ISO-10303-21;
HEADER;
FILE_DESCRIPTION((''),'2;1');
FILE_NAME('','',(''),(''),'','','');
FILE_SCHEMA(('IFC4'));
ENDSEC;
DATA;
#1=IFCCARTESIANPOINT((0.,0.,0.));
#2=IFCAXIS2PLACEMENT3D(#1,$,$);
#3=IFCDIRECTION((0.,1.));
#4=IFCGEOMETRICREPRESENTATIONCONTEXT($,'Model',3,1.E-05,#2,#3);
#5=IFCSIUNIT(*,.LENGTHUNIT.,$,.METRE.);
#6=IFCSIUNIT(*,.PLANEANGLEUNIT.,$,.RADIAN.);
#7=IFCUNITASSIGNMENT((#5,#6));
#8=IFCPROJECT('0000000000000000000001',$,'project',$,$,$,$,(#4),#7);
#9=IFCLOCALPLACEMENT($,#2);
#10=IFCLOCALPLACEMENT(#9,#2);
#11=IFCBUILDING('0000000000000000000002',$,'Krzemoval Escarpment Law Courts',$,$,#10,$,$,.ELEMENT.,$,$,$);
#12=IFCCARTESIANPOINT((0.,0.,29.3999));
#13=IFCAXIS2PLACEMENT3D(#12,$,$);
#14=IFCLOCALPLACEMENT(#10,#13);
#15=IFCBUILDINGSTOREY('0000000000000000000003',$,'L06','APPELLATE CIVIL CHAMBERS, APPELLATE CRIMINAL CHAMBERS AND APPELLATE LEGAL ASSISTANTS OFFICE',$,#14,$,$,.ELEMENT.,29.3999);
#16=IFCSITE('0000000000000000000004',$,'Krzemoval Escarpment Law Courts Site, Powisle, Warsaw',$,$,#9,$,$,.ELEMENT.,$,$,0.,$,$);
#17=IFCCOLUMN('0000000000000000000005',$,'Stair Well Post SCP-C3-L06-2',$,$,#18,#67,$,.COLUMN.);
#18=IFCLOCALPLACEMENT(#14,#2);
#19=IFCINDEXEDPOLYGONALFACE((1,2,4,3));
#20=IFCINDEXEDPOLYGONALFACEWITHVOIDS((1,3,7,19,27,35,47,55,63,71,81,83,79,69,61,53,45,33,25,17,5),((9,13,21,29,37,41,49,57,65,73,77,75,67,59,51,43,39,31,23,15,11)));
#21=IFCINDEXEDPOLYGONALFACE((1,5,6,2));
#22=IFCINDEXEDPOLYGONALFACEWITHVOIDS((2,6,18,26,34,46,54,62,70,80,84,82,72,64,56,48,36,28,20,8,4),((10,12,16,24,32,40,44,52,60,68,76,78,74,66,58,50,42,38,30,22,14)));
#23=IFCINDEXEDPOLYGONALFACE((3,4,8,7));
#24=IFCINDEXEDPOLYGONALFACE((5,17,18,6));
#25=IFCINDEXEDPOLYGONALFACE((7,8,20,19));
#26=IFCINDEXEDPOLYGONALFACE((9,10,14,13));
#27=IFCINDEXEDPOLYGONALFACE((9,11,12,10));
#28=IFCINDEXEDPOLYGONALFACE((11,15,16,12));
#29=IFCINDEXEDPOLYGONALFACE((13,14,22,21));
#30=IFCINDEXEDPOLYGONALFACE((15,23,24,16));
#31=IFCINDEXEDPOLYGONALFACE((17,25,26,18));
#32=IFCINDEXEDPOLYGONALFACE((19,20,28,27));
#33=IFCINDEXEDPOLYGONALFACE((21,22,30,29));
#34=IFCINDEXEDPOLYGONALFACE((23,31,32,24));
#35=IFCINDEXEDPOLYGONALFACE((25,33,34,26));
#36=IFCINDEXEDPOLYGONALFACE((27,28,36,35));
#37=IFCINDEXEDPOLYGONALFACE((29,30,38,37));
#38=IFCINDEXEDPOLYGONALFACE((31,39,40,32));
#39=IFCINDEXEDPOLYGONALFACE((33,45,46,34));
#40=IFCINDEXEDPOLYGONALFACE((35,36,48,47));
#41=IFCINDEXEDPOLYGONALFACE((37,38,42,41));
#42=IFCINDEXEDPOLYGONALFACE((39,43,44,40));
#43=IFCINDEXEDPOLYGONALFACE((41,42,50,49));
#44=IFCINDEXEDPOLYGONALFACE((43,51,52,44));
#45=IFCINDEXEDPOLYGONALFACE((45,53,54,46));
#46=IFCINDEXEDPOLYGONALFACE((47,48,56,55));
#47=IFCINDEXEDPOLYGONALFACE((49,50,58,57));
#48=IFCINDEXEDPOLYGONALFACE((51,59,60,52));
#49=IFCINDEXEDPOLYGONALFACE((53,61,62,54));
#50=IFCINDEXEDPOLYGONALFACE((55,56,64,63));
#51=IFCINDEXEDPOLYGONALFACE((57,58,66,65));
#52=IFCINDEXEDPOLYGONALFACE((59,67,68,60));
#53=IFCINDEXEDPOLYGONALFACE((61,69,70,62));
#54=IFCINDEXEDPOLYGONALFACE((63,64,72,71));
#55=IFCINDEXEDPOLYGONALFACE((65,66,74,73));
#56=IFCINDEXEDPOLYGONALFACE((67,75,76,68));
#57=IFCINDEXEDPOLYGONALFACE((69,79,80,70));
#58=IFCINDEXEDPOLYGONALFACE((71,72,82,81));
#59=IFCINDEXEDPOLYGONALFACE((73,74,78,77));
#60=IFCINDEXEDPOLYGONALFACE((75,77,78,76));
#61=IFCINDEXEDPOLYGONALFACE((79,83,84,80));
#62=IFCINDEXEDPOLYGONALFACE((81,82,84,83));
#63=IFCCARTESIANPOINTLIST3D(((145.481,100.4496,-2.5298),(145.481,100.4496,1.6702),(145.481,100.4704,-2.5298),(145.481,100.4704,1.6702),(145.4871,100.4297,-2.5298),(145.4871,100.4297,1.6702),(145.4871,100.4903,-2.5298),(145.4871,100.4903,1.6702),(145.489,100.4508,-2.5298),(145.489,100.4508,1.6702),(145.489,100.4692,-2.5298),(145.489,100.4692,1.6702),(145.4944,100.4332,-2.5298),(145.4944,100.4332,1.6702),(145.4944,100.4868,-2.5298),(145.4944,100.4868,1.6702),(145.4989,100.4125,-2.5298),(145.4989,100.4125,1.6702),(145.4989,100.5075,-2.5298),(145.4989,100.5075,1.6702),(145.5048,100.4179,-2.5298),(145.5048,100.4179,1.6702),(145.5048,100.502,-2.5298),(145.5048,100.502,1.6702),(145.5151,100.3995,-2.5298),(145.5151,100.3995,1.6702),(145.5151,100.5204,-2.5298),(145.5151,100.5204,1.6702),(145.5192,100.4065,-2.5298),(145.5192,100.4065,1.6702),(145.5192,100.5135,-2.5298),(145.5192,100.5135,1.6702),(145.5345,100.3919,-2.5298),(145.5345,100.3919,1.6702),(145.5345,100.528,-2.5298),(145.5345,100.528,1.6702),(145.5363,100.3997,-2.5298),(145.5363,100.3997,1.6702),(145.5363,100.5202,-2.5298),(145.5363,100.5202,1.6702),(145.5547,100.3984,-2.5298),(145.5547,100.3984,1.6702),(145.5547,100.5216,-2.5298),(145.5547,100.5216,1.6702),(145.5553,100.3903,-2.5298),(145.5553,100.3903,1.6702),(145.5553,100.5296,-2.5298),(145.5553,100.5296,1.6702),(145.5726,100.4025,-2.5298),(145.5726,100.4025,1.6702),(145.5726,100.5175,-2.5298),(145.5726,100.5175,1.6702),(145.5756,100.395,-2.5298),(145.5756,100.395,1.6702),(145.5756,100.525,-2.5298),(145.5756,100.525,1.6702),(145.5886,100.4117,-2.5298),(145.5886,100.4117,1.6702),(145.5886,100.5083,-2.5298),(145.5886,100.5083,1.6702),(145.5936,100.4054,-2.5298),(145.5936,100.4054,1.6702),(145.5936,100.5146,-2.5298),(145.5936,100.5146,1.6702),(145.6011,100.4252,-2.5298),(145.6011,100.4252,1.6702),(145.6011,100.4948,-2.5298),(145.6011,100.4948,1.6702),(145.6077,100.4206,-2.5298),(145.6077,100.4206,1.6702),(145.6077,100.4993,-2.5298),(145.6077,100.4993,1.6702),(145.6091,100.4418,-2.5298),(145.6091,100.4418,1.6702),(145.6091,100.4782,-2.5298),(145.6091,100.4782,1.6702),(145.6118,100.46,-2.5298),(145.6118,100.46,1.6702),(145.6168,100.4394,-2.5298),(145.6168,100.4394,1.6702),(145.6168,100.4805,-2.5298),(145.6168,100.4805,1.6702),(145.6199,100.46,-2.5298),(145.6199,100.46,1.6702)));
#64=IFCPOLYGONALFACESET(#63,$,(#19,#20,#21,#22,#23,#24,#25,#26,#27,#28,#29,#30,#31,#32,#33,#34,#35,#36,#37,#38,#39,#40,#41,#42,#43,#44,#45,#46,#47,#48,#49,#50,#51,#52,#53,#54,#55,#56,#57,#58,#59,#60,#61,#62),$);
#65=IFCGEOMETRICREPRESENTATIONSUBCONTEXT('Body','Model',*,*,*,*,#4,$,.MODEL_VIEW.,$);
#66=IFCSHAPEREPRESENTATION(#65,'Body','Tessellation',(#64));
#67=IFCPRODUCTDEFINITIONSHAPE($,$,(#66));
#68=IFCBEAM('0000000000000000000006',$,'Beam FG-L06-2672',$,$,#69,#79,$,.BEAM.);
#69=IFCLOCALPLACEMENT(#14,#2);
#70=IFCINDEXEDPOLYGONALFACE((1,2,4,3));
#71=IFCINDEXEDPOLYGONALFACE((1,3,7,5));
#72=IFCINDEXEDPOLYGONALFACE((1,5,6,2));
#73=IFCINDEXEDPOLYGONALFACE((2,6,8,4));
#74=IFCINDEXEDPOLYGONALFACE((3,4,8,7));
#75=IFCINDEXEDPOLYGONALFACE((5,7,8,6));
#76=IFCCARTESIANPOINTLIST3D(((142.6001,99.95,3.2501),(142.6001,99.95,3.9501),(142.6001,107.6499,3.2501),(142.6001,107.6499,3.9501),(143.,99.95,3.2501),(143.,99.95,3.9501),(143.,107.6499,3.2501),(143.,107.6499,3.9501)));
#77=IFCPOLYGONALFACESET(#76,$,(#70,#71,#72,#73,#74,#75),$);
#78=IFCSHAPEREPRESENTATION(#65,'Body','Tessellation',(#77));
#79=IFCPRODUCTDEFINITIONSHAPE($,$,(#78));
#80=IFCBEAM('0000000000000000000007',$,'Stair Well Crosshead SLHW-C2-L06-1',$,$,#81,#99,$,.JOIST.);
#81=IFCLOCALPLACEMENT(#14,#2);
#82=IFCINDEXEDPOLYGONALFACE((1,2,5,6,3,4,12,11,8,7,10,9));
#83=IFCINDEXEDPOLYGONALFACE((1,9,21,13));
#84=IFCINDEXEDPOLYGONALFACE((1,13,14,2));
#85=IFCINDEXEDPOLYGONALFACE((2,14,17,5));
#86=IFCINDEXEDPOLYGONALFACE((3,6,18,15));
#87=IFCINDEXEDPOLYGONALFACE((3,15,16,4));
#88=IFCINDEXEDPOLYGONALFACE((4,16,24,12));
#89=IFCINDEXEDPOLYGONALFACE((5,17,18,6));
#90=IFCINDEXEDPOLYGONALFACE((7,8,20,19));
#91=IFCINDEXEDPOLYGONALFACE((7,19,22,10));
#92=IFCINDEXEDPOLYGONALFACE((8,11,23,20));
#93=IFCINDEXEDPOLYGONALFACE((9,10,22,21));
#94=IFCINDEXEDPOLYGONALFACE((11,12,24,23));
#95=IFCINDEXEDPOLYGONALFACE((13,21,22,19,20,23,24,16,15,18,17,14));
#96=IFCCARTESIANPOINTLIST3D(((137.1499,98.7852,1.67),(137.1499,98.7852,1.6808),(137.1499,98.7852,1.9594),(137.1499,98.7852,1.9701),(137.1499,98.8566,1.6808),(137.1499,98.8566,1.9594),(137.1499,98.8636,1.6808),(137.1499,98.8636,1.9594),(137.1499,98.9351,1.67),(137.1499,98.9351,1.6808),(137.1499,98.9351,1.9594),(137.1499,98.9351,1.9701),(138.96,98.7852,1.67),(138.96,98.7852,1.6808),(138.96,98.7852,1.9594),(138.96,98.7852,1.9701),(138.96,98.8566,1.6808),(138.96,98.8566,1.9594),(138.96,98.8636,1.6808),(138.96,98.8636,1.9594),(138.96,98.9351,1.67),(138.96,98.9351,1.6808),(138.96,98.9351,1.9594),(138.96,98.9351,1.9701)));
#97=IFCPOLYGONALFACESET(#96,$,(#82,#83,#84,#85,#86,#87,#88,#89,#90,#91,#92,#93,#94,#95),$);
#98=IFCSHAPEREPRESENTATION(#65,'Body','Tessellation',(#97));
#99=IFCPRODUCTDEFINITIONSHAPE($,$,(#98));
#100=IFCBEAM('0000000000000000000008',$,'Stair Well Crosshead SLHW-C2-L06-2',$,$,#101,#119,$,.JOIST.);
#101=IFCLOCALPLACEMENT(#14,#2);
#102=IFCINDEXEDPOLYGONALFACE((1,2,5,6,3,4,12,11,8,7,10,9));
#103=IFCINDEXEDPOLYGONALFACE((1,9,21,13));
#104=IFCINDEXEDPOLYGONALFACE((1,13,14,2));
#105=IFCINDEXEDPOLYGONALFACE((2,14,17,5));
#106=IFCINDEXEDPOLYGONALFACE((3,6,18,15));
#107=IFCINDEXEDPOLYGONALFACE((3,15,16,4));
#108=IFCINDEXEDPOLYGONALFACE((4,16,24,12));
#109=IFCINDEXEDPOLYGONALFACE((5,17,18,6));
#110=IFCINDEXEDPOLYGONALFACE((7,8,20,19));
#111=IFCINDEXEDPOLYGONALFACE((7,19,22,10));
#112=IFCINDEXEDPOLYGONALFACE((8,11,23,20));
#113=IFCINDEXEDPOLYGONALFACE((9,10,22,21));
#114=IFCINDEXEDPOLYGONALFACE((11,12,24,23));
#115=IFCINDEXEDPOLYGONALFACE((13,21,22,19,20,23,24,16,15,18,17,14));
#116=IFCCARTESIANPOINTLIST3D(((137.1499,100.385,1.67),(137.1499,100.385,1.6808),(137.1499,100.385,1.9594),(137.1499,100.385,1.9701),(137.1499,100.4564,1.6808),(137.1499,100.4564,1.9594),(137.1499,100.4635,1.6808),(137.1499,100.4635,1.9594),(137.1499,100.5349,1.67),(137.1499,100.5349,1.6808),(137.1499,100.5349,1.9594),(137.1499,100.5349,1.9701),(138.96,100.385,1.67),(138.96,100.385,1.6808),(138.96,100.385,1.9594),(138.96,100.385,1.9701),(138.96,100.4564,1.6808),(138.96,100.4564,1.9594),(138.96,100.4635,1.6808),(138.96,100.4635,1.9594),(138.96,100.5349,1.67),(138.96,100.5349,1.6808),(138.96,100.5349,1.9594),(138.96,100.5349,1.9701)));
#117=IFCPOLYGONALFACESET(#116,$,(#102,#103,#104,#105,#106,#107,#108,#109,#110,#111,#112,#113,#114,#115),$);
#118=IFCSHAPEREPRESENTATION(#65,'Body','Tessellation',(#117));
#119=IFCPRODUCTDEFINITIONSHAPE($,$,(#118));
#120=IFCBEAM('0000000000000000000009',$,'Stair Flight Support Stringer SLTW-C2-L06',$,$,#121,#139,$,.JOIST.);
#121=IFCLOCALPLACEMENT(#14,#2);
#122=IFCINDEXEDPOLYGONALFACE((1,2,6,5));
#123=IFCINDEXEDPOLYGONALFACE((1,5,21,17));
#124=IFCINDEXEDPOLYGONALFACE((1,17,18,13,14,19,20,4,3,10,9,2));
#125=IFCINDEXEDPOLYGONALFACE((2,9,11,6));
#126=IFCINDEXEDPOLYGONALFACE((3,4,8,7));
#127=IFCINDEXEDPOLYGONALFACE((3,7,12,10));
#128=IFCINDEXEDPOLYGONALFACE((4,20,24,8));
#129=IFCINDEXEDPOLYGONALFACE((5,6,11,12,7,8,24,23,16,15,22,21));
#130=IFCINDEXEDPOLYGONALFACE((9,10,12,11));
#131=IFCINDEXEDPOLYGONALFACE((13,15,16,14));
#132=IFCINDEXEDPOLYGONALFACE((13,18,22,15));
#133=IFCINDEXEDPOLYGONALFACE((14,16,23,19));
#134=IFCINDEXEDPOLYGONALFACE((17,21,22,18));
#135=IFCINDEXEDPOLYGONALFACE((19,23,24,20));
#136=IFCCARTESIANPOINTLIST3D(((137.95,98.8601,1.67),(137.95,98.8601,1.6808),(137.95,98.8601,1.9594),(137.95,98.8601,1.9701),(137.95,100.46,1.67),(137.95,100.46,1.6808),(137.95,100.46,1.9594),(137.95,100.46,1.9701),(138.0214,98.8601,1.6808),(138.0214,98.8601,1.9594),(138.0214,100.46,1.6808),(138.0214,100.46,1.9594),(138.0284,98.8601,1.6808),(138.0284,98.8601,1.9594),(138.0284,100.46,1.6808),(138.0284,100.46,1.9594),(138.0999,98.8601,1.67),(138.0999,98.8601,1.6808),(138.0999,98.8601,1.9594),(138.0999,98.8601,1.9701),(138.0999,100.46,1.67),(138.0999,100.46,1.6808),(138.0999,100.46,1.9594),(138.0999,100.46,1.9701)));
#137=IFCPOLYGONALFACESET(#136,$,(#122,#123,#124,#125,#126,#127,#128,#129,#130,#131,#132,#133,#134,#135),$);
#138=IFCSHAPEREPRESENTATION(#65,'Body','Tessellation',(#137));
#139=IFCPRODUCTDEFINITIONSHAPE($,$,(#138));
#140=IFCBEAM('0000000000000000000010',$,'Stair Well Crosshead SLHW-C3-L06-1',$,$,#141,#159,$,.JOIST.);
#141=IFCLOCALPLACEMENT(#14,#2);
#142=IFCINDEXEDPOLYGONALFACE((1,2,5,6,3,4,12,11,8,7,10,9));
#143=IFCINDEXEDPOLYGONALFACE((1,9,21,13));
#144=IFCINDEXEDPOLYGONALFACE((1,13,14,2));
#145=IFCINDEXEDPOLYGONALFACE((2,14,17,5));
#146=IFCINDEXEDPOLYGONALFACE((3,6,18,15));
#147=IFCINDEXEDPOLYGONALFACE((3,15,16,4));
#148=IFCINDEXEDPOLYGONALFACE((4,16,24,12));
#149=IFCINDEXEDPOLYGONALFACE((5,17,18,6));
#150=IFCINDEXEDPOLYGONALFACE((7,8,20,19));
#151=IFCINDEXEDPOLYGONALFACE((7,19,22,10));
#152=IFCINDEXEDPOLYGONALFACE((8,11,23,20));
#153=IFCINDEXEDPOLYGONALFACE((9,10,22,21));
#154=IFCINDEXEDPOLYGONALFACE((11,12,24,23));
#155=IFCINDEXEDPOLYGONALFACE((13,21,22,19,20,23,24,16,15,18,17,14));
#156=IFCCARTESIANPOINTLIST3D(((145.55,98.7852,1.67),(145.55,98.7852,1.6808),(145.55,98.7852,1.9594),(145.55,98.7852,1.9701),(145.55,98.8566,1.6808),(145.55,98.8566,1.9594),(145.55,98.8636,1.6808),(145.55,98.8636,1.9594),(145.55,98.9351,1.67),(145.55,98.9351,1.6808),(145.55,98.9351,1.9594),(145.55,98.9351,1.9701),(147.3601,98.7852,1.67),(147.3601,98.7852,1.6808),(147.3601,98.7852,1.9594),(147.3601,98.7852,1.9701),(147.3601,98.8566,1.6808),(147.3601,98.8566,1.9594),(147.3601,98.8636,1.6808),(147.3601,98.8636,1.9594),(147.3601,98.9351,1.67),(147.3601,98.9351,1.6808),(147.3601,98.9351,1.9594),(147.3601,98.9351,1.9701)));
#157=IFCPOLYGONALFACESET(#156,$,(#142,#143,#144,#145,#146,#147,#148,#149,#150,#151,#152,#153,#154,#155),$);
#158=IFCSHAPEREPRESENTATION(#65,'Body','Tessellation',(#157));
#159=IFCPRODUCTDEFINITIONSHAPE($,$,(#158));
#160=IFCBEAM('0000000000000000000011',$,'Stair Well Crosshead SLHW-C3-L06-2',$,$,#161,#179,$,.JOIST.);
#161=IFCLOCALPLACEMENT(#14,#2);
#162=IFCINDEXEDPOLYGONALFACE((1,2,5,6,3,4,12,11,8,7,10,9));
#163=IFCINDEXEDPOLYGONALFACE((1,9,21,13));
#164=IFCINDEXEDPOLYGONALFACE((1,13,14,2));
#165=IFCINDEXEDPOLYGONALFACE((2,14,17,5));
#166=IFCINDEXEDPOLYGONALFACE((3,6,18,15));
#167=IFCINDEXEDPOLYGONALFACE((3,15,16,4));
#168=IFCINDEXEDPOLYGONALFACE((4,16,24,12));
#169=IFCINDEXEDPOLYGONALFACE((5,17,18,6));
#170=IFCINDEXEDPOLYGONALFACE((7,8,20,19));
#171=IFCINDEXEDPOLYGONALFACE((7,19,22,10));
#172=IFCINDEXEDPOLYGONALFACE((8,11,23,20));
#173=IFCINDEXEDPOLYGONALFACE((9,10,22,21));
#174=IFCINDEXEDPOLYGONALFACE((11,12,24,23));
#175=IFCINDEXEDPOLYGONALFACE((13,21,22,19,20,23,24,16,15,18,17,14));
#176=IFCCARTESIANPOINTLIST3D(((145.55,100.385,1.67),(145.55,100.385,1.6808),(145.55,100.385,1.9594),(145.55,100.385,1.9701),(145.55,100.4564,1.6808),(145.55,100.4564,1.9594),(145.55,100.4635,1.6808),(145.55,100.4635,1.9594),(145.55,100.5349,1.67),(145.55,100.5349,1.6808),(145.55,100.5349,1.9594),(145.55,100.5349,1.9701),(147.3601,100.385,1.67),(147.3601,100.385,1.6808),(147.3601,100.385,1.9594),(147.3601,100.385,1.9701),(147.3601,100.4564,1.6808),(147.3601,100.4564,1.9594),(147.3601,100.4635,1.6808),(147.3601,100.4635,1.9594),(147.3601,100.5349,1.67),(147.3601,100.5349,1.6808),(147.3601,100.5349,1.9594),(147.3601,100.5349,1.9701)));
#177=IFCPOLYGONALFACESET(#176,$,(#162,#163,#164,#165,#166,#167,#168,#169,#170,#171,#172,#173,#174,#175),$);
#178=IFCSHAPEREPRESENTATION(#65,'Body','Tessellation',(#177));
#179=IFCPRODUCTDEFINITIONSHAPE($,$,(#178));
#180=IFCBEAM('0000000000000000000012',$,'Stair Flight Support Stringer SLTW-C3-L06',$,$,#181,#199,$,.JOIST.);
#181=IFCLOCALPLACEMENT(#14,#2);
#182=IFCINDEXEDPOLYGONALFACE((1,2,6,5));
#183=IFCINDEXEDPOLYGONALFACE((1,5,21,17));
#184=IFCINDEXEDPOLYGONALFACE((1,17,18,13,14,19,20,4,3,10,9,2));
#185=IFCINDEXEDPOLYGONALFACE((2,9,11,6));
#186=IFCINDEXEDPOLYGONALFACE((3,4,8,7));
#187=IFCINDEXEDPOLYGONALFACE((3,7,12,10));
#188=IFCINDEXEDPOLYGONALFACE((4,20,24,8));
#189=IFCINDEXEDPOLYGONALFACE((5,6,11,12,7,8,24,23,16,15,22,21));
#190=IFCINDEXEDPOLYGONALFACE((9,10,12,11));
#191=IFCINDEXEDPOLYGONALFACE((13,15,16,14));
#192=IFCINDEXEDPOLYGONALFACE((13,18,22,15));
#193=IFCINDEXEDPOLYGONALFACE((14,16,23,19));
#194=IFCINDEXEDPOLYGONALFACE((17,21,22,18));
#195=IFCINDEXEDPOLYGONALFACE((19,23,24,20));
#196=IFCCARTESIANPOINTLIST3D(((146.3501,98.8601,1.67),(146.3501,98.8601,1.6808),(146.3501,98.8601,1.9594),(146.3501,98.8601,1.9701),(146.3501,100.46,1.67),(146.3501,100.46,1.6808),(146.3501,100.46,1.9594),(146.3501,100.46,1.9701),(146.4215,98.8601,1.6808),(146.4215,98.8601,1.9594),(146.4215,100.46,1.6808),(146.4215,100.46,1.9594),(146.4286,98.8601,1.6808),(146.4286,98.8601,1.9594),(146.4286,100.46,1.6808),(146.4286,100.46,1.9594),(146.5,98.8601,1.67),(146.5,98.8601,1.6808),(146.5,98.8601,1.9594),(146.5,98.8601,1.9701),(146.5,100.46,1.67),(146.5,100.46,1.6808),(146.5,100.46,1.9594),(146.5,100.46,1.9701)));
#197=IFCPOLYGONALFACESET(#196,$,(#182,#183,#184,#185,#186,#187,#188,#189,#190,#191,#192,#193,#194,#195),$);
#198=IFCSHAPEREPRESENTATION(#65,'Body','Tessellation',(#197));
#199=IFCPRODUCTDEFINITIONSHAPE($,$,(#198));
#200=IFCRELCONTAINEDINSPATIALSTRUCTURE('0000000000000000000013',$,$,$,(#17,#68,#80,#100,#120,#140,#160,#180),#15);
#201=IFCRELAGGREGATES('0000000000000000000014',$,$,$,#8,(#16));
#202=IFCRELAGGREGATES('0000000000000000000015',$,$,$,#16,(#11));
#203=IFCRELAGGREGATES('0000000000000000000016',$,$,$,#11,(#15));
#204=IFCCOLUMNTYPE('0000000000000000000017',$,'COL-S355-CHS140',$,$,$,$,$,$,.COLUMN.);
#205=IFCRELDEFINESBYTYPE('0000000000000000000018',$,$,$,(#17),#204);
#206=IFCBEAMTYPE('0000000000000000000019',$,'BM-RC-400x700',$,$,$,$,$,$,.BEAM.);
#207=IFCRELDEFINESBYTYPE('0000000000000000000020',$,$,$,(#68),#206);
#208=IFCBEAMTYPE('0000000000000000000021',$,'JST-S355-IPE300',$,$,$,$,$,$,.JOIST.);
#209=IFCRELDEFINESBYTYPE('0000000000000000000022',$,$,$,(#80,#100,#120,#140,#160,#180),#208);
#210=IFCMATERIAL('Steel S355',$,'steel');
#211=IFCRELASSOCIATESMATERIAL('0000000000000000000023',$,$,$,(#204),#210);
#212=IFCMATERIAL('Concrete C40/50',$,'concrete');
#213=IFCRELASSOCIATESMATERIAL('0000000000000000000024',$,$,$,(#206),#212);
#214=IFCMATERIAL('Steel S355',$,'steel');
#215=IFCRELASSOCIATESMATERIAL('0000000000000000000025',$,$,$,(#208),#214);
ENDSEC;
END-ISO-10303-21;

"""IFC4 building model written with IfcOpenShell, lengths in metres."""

from ifc_helpers import new_model, si_unit, direction, frame, origin, origin_2d, place, context, subcontext, project, spatial, rectangle, hollow_circle, i_section, extrude, material, material_profile, profile_set, type_object, element, save


model = new_model("IFC4")

# Units and contexts
model_context = context("Model", 3, precision=1e-05, world=origin(), true_north=direction((0.0, 1.0)))
body_context = subcontext(model_context, "Body", "Model", "MODEL_VIEW")
ifc_project = project(units=[si_unit("LENGTHUNIT", "METRE"), si_unit("PLANEANGLEUNIT", "RADIAN")], contexts=[model_context])

# Site, building, storey
site_placement = place(None, origin())
site = spatial("IfcSite", under=ifc_project, at=site_placement, Name="Krzemoval Escarpment Law Courts Site, Powisle, Warsaw", CompositionType="ELEMENT", RefElevation=0.0)
building_placement = place(site_placement, origin())
building = spatial("IfcBuilding", under=site, at=building_placement, Name="Krzemoval Escarpment Law Courts", CompositionType="ELEMENT")
storey_placement = place(building_placement, frame((0.0, 0.0, 29.3999)))
storey = spatial("IfcBuildingStorey", under=building, at=storey_placement, Name="L06", Description="APPELLATE CIVIL CHAMBERS, APPELLATE CRIMINAL CHAMBERS AND APPELLATE LEGAL ASSISTANTS OFFICE", CompositionType="ELEMENT", Elevation=29.3999)

# Column
ifc_material_1 = material(Name="Steel S355", Category="steel")
ifc_material_profile_1 = material_profile(ifc_material_1, hollow_circle(Radius=0.0698, WallThickness=0.0081, at=origin_2d()), Name="CHS 139.7x8")
ifc_profile_set_1 = profile_set([ifc_material_profile_1], Name="Steel S355")
column_type_1 = type_object("IfcColumnType", Name="COL-S355-CHS140", PredefinedType="COLUMN", material=ifc_profile_set_1)
for number, where, z_axis, x_axis, name in (
    (1, (145.55, 100.46, -2.5298), (0.0, 0.0, 1.0), (1.0, 0.0, 0.0), "Stair Well Post SCP-C3-L06-2"),
):
    element("IfcColumn", number, at=place(storey_placement, frame(where, z_axis=z_axis, x_axis=x_axis)), inside=storey, type_object=column_type_1, Name=name, PredefinedType="COLUMN", context=body_context, shape_type="SweptSolid", body=[
        extrude(hollow_circle(Radius=0.0698, WallThickness=0.0081, at=origin_2d()), origin(), (0.0, 0.0, 1.0), 4.2),
    ])

# Beams
ifc_material_2 = material(Name="Concrete C40/50", Category="concrete")
ifc_material_profile_2 = material_profile(ifc_material_2, rectangle(XDim=0.3999, YDim=0.7, at=origin_2d()), Name="RCB 400x700")
ifc_profile_set_2 = profile_set([ifc_material_profile_2], Name="Concrete C40/50")
beam_type_1 = type_object("IfcBeamType", Name="BM-RC-400x700", PredefinedType="BEAM", material=ifc_profile_set_2)
beam_1_placement = place(storey_placement, frame((142.8, 99.95, 3.6001), z_axis=(0.0, 1.0, 0.0), x_axis=(-1.0, 0.0, 0.0)))
element("IfcBeam", 2, at=beam_1_placement, inside=storey, type_object=beam_type_1, Name="Beam FG-L06-2672", PredefinedType="BEAM", context=body_context, shape_type="SweptSolid", body=[
    extrude(rectangle(XDim=0.3999, YDim=0.7, at=origin_2d()), origin(), (0.0, 0.0, 1.0), 7.7),
])
ifc_material_3 = material(Name="Steel S355", Category="steel")
ifc_material_profile_3 = material_profile(ifc_material_3, i_section(OverallWidth=0.1499, OverallDepth=0.3, WebThickness=0.0071, FlangeThickness=0.0107, at=origin_2d()), Name="IPE 300")
ifc_profile_set_3 = profile_set([ifc_material_profile_3], Name="Steel S355")
beam_type_2 = type_object("IfcBeamType", Name="JST-S355-IPE300", PredefinedType="JOIST", material=ifc_profile_set_3)
for number, where, z_axis, x_axis, name in (
    (3, (137.1499, 98.8601, 1.8201), (1.0, 0.0, 0.0), (0.0, 1.0, 0.0), "Stair Well Crosshead SLHW-C2-L06-1"),
    (4, (137.1499, 100.46, 1.8201), (1.0, 0.0, 0.0), (0.0, 1.0, 0.0), "Stair Well Crosshead SLHW-C2-L06-2"),
):
    element("IfcBeam", number, at=place(storey_placement, frame(where, z_axis=z_axis, x_axis=x_axis)), inside=storey, type_object=beam_type_2, Name=name, PredefinedType="JOIST", context=body_context, shape_type="SweptSolid", body=[
        extrude(i_section(OverallWidth=0.1499, OverallDepth=0.3, WebThickness=0.0071, FlangeThickness=0.0107, at=origin_2d()), origin(), (0.0, 0.0, 1.0), 1.8101),
    ])
beam_2_placement = place(storey_placement, frame((138.0249, 98.8601, 1.8201), z_axis=(0.0, 1.0, 0.0), x_axis=(-1.0, 0.0, 0.0)))
element("IfcBeam", 5, at=beam_2_placement, inside=storey, type_object=beam_type_2, Name="Stair Flight Support Stringer SLTW-C2-L06", PredefinedType="JOIST", context=body_context, shape_type="SweptSolid", body=[
    extrude(i_section(OverallWidth=0.1499, OverallDepth=0.3, WebThickness=0.0071, FlangeThickness=0.0107, at=origin_2d()), origin(), (0.0, 0.0, 1.0), 1.5999),
])
for number, where, z_axis, x_axis, name in (
    (6, (145.55, 98.8601, 1.8201), (1.0, 0.0, 0.0), (0.0, 1.0, 0.0), "Stair Well Crosshead SLHW-C3-L06-1"),
    (7, (145.55, 100.46, 1.8201), (1.0, 0.0, 0.0), (0.0, 1.0, 0.0), "Stair Well Crosshead SLHW-C3-L06-2"),
):
    element("IfcBeam", number, at=place(storey_placement, frame(where, z_axis=z_axis, x_axis=x_axis)), inside=storey, type_object=beam_type_2, Name=name, PredefinedType="JOIST", context=body_context, shape_type="SweptSolid", body=[
        extrude(i_section(OverallWidth=0.1499, OverallDepth=0.3, WebThickness=0.0071, FlangeThickness=0.0107, at=origin_2d()), origin(), (0.0, 0.0, 1.0), 1.8101),
    ])
beam_3_placement = place(storey_placement, frame((146.425, 98.8601, 1.8201), z_axis=(0.0, 1.0, 0.0), x_axis=(-1.0, 0.0, 0.0)))
element("IfcBeam", 8, at=beam_3_placement, inside=storey, type_object=beam_type_2, Name="Stair Flight Support Stringer SLTW-C3-L06", PredefinedType="JOIST", context=body_context, shape_type="SweptSolid", body=[
    extrude(i_section(OverallWidth=0.1499, OverallDepth=0.3, WebThickness=0.0071, FlangeThickness=0.0107, at=origin_2d()), origin(), (0.0, 0.0, 1.0), 1.5999),
])

save(model, "model.ifc")
